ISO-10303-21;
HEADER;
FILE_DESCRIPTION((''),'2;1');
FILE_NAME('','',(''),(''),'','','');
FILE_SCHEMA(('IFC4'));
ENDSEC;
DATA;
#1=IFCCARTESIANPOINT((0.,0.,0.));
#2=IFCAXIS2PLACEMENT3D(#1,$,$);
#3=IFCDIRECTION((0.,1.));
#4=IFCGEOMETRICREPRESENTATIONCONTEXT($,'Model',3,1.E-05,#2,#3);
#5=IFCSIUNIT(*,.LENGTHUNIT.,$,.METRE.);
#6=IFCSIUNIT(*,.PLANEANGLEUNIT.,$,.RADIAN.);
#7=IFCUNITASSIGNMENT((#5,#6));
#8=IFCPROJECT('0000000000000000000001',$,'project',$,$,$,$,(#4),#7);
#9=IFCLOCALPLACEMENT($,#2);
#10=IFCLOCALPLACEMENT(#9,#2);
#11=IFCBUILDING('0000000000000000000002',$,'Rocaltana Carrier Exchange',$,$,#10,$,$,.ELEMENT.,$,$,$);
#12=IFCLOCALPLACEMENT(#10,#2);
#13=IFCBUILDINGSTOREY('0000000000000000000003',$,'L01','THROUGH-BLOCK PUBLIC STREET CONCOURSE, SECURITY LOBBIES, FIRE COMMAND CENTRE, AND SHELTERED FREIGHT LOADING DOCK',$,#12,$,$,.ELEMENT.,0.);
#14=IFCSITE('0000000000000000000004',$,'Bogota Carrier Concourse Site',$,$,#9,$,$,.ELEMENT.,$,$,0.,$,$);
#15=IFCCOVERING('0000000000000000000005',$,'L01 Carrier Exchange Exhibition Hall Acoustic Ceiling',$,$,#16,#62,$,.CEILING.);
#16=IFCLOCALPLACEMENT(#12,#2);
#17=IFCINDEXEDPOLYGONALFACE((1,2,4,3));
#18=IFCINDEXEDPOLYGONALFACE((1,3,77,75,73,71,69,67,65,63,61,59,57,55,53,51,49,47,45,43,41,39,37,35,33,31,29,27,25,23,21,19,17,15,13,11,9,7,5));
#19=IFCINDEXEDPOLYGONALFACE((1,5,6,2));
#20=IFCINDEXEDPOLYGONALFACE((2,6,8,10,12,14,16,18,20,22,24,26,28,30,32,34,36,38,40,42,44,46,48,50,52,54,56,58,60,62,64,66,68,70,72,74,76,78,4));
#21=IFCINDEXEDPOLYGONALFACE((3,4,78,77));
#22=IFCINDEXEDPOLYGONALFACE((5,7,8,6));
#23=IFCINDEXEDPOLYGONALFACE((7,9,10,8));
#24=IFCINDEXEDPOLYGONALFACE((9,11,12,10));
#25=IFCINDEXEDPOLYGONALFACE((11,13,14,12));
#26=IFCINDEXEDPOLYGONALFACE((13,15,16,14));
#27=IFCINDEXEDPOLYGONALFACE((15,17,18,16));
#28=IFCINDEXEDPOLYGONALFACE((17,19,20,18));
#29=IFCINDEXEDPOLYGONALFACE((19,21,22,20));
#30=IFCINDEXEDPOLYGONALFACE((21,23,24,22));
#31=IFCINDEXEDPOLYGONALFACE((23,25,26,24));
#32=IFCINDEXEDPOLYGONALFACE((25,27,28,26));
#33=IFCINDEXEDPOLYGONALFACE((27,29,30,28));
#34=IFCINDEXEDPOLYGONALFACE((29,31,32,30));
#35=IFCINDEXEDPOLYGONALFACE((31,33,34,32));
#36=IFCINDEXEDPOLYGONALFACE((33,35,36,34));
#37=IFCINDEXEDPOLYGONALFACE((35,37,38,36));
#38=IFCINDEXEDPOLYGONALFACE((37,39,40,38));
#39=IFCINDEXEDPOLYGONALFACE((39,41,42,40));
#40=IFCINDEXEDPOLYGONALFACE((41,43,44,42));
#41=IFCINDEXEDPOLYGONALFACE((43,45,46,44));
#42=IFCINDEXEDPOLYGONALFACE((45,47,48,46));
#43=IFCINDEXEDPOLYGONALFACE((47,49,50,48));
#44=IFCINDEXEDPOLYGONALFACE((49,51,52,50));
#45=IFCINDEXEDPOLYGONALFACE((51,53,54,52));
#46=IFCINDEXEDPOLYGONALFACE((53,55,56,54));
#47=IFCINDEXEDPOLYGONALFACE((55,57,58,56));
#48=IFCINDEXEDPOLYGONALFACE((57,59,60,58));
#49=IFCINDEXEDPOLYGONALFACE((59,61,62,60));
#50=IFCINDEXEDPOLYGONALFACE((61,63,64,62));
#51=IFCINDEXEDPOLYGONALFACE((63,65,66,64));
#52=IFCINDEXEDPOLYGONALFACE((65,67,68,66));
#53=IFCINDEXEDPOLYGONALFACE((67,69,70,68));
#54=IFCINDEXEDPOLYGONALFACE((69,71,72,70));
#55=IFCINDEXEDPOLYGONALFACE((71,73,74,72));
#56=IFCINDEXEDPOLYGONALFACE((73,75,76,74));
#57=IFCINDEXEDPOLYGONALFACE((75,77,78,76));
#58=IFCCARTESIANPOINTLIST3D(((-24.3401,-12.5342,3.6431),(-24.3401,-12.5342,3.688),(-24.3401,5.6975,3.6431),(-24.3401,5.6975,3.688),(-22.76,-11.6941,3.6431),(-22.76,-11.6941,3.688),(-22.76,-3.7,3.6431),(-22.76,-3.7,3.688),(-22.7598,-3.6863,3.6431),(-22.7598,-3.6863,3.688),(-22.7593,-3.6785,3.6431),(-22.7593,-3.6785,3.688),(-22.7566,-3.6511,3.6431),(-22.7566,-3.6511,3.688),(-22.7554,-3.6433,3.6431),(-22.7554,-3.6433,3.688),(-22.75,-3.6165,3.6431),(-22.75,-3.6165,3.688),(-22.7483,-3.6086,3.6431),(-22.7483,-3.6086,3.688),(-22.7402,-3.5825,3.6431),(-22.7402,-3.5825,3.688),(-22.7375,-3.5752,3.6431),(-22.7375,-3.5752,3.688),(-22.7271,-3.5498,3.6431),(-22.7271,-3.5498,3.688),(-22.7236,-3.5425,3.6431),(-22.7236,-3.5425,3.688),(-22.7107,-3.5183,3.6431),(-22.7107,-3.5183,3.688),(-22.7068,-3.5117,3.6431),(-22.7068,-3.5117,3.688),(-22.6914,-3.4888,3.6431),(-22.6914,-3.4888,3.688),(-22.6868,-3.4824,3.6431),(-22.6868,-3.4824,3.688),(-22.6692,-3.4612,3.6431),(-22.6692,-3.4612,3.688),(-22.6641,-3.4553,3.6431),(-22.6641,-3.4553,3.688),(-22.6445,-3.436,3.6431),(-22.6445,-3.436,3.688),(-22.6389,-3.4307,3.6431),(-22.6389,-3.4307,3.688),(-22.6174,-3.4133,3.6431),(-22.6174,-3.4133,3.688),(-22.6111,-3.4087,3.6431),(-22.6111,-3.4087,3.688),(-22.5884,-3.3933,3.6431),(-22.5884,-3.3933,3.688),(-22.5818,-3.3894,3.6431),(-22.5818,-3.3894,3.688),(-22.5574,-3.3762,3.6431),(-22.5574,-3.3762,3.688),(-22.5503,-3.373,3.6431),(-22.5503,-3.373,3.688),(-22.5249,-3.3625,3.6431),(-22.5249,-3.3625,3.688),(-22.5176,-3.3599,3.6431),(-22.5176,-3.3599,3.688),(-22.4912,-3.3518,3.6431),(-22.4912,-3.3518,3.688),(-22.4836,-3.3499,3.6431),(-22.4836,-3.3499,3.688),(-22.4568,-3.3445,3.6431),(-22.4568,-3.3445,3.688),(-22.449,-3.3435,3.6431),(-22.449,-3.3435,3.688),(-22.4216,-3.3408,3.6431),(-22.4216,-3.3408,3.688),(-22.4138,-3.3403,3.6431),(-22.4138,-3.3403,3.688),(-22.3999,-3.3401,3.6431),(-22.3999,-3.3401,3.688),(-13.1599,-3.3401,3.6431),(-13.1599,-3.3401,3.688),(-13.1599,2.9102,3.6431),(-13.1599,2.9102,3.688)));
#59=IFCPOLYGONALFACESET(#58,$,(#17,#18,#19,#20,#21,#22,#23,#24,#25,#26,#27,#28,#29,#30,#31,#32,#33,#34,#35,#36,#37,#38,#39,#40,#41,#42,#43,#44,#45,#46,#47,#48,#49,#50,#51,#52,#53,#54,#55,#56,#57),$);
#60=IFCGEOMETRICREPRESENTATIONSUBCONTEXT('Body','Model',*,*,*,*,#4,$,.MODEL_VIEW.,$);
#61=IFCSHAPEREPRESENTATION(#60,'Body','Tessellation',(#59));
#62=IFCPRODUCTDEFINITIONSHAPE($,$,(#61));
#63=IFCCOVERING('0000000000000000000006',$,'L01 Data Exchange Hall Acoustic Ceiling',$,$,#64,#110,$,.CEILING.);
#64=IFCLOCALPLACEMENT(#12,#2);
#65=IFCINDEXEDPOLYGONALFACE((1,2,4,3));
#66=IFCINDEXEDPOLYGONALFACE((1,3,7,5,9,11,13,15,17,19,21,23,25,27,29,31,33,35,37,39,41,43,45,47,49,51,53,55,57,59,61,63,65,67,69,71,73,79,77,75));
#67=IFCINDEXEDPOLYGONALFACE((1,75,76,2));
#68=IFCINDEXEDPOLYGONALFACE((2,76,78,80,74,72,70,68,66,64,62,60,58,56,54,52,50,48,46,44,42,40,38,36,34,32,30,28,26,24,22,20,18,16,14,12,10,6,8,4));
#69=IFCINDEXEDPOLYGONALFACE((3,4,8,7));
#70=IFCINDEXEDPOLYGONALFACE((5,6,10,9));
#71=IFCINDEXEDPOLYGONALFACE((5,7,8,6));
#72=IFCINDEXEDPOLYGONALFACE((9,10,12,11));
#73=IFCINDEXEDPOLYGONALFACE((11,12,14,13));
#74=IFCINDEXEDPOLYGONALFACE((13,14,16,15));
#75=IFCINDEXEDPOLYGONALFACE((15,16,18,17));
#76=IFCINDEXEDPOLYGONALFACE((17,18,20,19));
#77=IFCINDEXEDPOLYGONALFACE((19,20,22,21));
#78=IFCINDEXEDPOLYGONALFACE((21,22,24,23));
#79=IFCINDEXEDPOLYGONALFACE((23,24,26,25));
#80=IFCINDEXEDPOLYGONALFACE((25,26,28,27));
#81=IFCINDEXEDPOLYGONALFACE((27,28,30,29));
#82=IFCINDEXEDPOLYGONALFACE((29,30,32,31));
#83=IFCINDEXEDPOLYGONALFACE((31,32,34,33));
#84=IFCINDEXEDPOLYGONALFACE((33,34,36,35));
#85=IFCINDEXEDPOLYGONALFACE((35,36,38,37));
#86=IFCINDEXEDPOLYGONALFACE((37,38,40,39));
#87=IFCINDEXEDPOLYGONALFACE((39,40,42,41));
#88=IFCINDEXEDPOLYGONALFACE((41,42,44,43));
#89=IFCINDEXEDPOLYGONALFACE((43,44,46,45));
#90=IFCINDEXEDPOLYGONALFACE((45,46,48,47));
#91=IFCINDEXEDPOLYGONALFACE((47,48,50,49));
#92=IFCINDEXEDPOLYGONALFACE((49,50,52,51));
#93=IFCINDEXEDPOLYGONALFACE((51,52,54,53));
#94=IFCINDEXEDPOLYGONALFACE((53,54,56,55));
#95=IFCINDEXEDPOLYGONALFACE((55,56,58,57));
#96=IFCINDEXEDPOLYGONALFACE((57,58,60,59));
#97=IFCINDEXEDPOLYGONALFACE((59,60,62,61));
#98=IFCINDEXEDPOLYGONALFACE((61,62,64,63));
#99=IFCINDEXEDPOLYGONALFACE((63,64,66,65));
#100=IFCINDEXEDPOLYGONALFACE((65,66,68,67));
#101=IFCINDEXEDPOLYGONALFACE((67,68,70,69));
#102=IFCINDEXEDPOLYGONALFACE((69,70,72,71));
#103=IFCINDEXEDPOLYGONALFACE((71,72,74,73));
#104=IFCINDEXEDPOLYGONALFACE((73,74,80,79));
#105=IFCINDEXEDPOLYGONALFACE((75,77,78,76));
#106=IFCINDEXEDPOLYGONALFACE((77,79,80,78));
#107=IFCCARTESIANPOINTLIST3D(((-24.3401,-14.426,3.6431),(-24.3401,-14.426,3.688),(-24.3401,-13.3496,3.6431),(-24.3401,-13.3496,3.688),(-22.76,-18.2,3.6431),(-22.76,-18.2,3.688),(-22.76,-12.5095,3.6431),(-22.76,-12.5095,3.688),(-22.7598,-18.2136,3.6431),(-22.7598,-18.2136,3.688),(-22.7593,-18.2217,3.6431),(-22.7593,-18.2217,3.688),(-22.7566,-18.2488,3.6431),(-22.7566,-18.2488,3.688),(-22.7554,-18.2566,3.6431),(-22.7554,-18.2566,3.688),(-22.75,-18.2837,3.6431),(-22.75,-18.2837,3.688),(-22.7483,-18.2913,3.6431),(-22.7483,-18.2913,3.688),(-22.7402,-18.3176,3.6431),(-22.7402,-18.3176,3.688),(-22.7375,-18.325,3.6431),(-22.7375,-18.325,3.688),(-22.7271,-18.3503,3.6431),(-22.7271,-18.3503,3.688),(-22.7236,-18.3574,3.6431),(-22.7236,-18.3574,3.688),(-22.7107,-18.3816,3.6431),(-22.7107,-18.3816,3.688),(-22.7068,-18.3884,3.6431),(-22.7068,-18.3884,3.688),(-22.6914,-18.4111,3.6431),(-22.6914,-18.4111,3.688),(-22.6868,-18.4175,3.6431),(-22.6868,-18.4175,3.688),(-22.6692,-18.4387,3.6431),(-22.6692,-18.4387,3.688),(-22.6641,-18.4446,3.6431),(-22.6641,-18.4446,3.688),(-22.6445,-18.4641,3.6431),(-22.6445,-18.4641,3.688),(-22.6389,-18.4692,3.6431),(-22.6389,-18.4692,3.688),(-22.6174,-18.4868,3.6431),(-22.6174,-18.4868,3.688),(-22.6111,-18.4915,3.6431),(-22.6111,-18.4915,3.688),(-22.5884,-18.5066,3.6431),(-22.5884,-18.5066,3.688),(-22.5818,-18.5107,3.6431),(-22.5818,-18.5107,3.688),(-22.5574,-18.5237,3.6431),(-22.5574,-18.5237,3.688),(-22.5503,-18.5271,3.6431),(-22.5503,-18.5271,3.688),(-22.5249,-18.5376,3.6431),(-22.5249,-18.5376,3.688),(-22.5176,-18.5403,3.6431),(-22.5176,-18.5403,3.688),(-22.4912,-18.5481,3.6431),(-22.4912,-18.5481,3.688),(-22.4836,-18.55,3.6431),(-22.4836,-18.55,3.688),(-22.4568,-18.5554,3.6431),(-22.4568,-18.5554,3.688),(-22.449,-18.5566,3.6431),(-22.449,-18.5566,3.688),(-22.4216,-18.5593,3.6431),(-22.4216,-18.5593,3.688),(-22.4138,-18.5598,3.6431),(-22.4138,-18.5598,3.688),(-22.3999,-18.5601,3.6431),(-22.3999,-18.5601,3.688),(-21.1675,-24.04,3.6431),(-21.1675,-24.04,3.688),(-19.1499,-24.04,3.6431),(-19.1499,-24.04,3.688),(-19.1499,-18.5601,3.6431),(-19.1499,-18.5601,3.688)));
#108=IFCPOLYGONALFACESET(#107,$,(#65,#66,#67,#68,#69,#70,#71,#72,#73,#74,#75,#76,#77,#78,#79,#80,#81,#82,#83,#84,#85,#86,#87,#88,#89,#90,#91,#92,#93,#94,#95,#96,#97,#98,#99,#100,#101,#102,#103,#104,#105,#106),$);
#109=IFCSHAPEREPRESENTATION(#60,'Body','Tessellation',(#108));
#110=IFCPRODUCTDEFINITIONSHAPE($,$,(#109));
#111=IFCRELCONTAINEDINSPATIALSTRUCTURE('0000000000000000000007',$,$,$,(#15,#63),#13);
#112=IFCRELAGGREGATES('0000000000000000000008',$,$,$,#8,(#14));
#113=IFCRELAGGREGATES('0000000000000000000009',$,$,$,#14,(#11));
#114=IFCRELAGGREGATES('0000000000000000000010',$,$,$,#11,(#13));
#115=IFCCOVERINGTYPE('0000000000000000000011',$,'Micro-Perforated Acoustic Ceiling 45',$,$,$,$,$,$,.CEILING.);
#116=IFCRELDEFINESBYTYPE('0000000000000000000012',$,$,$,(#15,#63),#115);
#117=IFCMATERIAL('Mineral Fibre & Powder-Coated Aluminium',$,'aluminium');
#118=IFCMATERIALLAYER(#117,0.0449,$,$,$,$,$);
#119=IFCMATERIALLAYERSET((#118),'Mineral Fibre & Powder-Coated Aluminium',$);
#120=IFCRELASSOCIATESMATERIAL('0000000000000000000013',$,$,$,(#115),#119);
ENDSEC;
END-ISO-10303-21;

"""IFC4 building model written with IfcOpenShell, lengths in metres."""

from ifc_helpers import new_model, si_unit, direction, frame, origin, place, context, subcontext, project, spatial, polyline, outline, extrude, material, layer, layer_set, type_object, element, save


model = new_model("IFC4")

# Units and contexts
model_context = context("Model", 3, precision=1e-05, world=origin(), true_north=direction((0.0, 1.0)))
body_context = subcontext(model_context, "Body", "Model", "MODEL_VIEW")
ifc_project = project(units=[si_unit("LENGTHUNIT", "METRE"), si_unit("PLANEANGLEUNIT", "RADIAN")], contexts=[model_context])

# Site, building, storey
site_placement = place(None, origin())
site = spatial("IfcSite", under=ifc_project, at=site_placement, Name="Bogota Carrier Concourse Site", CompositionType="ELEMENT", RefElevation=0.0)
building_placement = place(site_placement, origin())
building = spatial("IfcBuilding", under=site, at=building_placement, Name="Rocaltana Carrier Exchange", CompositionType="ELEMENT")
storey_placement = place(building_placement, origin())
storey = spatial("IfcBuildingStorey", under=building, at=storey_placement, Name="L01", Description="THROUGH-BLOCK PUBLIC STREET CONCOURSE, SECURITY LOBBIES, FIRE COMMAND CENTRE, AND SHELTERED FREIGHT LOADING DOCK", CompositionType="ELEMENT", Elevation=0.0)

# Coverings
ifc_material_1 = material(Name="Mineral Fibre & Powder-Coated Aluminium", Category="aluminium")
ifc_layer_1 = layer(ifc_material_1, 0.0449)
ifc_layer_set_1 = layer_set([ifc_layer_1], Name="Mineral Fibre & Powder-Coated Aluminium")
covering_type_1 = type_object("IfcCoveringType", Name="Micro-Perforated Acoustic Ceiling 45", PredefinedType="CEILING", material=ifc_layer_set_1)
covering_1_placement = place(storey_placement, frame((0.0, 0.0, 3.6431)))
element("IfcCovering", 1, at=covering_1_placement, inside=storey, type_object=covering_type_1, Name="L01 Carrier Exchange Exhibition Hall Acoustic Ceiling", PredefinedType="CEILING", context=body_context, shape_type="SweptSolid", body=[
    extrude(outline(polyline([(-13.1599, -3.3401), (-22.3999, -3.3401), (-22.4138, -3.3403), (-22.4216, -3.3408), (-22.449, -3.3435), (-22.4568, -3.3445), (-22.4836, -3.3499), (-22.4912, -3.3518), (-22.5176, -3.3599), (-22.5249, -3.3625), (-22.5503, -3.373), (-22.5574, -3.3762), (-22.5818, -3.3894), (-22.5884, -3.3933), (-22.6111, -3.4087), (-22.6174, -3.4133), (-22.6389, -3.4307), (-22.6445, -3.436), (-22.6641, -3.4553), (-22.6692, -3.4612), (-22.6868, -3.4824), (-22.6914, -3.4888), (-22.7068, -3.5117), (-22.7107, -3.5183), (-22.7236, -3.5425), (-22.7271, -3.5498), (-22.7375, -3.5752), (-22.7402, -3.5825), (-22.7483, -3.6086), (-22.75, -3.6165), (-22.7554, -3.6433), (-22.7566, -3.6511), (-22.7593, -3.6785), (-22.7598, -3.6863), (-22.76, -3.7), (-22.76, -11.6941), (-24.3401, -12.5342), (-24.3401, 5.6975), (-13.1599, 2.9102), (-13.1599, -3.3401)])), origin(), (0.0, 0.0, 1.0), 0.0449),
])
covering_2_placement = place(storey_placement, frame((0.0, 0.0, 3.6431)))
element("IfcCovering", 2, at=covering_2_placement, inside=storey, type_object=covering_type_1, Name="L01 Data Exchange Hall Acoustic Ceiling", PredefinedType="CEILING", context=body_context, shape_type="SweptSolid", body=[
    extrude(outline(polyline([(-22.76, -18.2), (-22.7598, -18.2136), (-22.7593, -18.2217), (-22.7566, -18.2488), (-22.7554, -18.2566), (-22.75, -18.2837), (-22.7483, -18.2913), (-22.7402, -18.3176), (-22.7375, -18.325), (-22.7271, -18.3503), (-22.7236, -18.3574), (-22.7107, -18.3816), (-22.7068, -18.3884), (-22.6914, -18.4111), (-22.6868, -18.4175), (-22.6692, -18.4387), (-22.6641, -18.4446), (-22.6445, -18.4641), (-22.6389, -18.4692), (-22.6174, -18.4868), (-22.6111, -18.4915), (-22.5884, -18.5066), (-22.5818, -18.5107), (-22.5574, -18.5237), (-22.5503, -18.5271), (-22.5249, -18.5376), (-22.5176, -18.5403), (-22.4912, -18.5481), (-22.4836, -18.55), (-22.4568, -18.5554), (-22.449, -18.5566), (-22.4216, -18.5593), (-22.4138, -18.5598), (-22.3999, -18.5601), (-19.1499, -18.5601), (-19.1499, -24.04), (-21.1675, -24.04), (-24.3401, -14.426), (-24.3401, -13.3496), (-22.76, -12.5095), (-22.76, -18.2)])), origin(), (0.0, 0.0, 1.0), 0.0449),
])

save(model, "model.ifc")
